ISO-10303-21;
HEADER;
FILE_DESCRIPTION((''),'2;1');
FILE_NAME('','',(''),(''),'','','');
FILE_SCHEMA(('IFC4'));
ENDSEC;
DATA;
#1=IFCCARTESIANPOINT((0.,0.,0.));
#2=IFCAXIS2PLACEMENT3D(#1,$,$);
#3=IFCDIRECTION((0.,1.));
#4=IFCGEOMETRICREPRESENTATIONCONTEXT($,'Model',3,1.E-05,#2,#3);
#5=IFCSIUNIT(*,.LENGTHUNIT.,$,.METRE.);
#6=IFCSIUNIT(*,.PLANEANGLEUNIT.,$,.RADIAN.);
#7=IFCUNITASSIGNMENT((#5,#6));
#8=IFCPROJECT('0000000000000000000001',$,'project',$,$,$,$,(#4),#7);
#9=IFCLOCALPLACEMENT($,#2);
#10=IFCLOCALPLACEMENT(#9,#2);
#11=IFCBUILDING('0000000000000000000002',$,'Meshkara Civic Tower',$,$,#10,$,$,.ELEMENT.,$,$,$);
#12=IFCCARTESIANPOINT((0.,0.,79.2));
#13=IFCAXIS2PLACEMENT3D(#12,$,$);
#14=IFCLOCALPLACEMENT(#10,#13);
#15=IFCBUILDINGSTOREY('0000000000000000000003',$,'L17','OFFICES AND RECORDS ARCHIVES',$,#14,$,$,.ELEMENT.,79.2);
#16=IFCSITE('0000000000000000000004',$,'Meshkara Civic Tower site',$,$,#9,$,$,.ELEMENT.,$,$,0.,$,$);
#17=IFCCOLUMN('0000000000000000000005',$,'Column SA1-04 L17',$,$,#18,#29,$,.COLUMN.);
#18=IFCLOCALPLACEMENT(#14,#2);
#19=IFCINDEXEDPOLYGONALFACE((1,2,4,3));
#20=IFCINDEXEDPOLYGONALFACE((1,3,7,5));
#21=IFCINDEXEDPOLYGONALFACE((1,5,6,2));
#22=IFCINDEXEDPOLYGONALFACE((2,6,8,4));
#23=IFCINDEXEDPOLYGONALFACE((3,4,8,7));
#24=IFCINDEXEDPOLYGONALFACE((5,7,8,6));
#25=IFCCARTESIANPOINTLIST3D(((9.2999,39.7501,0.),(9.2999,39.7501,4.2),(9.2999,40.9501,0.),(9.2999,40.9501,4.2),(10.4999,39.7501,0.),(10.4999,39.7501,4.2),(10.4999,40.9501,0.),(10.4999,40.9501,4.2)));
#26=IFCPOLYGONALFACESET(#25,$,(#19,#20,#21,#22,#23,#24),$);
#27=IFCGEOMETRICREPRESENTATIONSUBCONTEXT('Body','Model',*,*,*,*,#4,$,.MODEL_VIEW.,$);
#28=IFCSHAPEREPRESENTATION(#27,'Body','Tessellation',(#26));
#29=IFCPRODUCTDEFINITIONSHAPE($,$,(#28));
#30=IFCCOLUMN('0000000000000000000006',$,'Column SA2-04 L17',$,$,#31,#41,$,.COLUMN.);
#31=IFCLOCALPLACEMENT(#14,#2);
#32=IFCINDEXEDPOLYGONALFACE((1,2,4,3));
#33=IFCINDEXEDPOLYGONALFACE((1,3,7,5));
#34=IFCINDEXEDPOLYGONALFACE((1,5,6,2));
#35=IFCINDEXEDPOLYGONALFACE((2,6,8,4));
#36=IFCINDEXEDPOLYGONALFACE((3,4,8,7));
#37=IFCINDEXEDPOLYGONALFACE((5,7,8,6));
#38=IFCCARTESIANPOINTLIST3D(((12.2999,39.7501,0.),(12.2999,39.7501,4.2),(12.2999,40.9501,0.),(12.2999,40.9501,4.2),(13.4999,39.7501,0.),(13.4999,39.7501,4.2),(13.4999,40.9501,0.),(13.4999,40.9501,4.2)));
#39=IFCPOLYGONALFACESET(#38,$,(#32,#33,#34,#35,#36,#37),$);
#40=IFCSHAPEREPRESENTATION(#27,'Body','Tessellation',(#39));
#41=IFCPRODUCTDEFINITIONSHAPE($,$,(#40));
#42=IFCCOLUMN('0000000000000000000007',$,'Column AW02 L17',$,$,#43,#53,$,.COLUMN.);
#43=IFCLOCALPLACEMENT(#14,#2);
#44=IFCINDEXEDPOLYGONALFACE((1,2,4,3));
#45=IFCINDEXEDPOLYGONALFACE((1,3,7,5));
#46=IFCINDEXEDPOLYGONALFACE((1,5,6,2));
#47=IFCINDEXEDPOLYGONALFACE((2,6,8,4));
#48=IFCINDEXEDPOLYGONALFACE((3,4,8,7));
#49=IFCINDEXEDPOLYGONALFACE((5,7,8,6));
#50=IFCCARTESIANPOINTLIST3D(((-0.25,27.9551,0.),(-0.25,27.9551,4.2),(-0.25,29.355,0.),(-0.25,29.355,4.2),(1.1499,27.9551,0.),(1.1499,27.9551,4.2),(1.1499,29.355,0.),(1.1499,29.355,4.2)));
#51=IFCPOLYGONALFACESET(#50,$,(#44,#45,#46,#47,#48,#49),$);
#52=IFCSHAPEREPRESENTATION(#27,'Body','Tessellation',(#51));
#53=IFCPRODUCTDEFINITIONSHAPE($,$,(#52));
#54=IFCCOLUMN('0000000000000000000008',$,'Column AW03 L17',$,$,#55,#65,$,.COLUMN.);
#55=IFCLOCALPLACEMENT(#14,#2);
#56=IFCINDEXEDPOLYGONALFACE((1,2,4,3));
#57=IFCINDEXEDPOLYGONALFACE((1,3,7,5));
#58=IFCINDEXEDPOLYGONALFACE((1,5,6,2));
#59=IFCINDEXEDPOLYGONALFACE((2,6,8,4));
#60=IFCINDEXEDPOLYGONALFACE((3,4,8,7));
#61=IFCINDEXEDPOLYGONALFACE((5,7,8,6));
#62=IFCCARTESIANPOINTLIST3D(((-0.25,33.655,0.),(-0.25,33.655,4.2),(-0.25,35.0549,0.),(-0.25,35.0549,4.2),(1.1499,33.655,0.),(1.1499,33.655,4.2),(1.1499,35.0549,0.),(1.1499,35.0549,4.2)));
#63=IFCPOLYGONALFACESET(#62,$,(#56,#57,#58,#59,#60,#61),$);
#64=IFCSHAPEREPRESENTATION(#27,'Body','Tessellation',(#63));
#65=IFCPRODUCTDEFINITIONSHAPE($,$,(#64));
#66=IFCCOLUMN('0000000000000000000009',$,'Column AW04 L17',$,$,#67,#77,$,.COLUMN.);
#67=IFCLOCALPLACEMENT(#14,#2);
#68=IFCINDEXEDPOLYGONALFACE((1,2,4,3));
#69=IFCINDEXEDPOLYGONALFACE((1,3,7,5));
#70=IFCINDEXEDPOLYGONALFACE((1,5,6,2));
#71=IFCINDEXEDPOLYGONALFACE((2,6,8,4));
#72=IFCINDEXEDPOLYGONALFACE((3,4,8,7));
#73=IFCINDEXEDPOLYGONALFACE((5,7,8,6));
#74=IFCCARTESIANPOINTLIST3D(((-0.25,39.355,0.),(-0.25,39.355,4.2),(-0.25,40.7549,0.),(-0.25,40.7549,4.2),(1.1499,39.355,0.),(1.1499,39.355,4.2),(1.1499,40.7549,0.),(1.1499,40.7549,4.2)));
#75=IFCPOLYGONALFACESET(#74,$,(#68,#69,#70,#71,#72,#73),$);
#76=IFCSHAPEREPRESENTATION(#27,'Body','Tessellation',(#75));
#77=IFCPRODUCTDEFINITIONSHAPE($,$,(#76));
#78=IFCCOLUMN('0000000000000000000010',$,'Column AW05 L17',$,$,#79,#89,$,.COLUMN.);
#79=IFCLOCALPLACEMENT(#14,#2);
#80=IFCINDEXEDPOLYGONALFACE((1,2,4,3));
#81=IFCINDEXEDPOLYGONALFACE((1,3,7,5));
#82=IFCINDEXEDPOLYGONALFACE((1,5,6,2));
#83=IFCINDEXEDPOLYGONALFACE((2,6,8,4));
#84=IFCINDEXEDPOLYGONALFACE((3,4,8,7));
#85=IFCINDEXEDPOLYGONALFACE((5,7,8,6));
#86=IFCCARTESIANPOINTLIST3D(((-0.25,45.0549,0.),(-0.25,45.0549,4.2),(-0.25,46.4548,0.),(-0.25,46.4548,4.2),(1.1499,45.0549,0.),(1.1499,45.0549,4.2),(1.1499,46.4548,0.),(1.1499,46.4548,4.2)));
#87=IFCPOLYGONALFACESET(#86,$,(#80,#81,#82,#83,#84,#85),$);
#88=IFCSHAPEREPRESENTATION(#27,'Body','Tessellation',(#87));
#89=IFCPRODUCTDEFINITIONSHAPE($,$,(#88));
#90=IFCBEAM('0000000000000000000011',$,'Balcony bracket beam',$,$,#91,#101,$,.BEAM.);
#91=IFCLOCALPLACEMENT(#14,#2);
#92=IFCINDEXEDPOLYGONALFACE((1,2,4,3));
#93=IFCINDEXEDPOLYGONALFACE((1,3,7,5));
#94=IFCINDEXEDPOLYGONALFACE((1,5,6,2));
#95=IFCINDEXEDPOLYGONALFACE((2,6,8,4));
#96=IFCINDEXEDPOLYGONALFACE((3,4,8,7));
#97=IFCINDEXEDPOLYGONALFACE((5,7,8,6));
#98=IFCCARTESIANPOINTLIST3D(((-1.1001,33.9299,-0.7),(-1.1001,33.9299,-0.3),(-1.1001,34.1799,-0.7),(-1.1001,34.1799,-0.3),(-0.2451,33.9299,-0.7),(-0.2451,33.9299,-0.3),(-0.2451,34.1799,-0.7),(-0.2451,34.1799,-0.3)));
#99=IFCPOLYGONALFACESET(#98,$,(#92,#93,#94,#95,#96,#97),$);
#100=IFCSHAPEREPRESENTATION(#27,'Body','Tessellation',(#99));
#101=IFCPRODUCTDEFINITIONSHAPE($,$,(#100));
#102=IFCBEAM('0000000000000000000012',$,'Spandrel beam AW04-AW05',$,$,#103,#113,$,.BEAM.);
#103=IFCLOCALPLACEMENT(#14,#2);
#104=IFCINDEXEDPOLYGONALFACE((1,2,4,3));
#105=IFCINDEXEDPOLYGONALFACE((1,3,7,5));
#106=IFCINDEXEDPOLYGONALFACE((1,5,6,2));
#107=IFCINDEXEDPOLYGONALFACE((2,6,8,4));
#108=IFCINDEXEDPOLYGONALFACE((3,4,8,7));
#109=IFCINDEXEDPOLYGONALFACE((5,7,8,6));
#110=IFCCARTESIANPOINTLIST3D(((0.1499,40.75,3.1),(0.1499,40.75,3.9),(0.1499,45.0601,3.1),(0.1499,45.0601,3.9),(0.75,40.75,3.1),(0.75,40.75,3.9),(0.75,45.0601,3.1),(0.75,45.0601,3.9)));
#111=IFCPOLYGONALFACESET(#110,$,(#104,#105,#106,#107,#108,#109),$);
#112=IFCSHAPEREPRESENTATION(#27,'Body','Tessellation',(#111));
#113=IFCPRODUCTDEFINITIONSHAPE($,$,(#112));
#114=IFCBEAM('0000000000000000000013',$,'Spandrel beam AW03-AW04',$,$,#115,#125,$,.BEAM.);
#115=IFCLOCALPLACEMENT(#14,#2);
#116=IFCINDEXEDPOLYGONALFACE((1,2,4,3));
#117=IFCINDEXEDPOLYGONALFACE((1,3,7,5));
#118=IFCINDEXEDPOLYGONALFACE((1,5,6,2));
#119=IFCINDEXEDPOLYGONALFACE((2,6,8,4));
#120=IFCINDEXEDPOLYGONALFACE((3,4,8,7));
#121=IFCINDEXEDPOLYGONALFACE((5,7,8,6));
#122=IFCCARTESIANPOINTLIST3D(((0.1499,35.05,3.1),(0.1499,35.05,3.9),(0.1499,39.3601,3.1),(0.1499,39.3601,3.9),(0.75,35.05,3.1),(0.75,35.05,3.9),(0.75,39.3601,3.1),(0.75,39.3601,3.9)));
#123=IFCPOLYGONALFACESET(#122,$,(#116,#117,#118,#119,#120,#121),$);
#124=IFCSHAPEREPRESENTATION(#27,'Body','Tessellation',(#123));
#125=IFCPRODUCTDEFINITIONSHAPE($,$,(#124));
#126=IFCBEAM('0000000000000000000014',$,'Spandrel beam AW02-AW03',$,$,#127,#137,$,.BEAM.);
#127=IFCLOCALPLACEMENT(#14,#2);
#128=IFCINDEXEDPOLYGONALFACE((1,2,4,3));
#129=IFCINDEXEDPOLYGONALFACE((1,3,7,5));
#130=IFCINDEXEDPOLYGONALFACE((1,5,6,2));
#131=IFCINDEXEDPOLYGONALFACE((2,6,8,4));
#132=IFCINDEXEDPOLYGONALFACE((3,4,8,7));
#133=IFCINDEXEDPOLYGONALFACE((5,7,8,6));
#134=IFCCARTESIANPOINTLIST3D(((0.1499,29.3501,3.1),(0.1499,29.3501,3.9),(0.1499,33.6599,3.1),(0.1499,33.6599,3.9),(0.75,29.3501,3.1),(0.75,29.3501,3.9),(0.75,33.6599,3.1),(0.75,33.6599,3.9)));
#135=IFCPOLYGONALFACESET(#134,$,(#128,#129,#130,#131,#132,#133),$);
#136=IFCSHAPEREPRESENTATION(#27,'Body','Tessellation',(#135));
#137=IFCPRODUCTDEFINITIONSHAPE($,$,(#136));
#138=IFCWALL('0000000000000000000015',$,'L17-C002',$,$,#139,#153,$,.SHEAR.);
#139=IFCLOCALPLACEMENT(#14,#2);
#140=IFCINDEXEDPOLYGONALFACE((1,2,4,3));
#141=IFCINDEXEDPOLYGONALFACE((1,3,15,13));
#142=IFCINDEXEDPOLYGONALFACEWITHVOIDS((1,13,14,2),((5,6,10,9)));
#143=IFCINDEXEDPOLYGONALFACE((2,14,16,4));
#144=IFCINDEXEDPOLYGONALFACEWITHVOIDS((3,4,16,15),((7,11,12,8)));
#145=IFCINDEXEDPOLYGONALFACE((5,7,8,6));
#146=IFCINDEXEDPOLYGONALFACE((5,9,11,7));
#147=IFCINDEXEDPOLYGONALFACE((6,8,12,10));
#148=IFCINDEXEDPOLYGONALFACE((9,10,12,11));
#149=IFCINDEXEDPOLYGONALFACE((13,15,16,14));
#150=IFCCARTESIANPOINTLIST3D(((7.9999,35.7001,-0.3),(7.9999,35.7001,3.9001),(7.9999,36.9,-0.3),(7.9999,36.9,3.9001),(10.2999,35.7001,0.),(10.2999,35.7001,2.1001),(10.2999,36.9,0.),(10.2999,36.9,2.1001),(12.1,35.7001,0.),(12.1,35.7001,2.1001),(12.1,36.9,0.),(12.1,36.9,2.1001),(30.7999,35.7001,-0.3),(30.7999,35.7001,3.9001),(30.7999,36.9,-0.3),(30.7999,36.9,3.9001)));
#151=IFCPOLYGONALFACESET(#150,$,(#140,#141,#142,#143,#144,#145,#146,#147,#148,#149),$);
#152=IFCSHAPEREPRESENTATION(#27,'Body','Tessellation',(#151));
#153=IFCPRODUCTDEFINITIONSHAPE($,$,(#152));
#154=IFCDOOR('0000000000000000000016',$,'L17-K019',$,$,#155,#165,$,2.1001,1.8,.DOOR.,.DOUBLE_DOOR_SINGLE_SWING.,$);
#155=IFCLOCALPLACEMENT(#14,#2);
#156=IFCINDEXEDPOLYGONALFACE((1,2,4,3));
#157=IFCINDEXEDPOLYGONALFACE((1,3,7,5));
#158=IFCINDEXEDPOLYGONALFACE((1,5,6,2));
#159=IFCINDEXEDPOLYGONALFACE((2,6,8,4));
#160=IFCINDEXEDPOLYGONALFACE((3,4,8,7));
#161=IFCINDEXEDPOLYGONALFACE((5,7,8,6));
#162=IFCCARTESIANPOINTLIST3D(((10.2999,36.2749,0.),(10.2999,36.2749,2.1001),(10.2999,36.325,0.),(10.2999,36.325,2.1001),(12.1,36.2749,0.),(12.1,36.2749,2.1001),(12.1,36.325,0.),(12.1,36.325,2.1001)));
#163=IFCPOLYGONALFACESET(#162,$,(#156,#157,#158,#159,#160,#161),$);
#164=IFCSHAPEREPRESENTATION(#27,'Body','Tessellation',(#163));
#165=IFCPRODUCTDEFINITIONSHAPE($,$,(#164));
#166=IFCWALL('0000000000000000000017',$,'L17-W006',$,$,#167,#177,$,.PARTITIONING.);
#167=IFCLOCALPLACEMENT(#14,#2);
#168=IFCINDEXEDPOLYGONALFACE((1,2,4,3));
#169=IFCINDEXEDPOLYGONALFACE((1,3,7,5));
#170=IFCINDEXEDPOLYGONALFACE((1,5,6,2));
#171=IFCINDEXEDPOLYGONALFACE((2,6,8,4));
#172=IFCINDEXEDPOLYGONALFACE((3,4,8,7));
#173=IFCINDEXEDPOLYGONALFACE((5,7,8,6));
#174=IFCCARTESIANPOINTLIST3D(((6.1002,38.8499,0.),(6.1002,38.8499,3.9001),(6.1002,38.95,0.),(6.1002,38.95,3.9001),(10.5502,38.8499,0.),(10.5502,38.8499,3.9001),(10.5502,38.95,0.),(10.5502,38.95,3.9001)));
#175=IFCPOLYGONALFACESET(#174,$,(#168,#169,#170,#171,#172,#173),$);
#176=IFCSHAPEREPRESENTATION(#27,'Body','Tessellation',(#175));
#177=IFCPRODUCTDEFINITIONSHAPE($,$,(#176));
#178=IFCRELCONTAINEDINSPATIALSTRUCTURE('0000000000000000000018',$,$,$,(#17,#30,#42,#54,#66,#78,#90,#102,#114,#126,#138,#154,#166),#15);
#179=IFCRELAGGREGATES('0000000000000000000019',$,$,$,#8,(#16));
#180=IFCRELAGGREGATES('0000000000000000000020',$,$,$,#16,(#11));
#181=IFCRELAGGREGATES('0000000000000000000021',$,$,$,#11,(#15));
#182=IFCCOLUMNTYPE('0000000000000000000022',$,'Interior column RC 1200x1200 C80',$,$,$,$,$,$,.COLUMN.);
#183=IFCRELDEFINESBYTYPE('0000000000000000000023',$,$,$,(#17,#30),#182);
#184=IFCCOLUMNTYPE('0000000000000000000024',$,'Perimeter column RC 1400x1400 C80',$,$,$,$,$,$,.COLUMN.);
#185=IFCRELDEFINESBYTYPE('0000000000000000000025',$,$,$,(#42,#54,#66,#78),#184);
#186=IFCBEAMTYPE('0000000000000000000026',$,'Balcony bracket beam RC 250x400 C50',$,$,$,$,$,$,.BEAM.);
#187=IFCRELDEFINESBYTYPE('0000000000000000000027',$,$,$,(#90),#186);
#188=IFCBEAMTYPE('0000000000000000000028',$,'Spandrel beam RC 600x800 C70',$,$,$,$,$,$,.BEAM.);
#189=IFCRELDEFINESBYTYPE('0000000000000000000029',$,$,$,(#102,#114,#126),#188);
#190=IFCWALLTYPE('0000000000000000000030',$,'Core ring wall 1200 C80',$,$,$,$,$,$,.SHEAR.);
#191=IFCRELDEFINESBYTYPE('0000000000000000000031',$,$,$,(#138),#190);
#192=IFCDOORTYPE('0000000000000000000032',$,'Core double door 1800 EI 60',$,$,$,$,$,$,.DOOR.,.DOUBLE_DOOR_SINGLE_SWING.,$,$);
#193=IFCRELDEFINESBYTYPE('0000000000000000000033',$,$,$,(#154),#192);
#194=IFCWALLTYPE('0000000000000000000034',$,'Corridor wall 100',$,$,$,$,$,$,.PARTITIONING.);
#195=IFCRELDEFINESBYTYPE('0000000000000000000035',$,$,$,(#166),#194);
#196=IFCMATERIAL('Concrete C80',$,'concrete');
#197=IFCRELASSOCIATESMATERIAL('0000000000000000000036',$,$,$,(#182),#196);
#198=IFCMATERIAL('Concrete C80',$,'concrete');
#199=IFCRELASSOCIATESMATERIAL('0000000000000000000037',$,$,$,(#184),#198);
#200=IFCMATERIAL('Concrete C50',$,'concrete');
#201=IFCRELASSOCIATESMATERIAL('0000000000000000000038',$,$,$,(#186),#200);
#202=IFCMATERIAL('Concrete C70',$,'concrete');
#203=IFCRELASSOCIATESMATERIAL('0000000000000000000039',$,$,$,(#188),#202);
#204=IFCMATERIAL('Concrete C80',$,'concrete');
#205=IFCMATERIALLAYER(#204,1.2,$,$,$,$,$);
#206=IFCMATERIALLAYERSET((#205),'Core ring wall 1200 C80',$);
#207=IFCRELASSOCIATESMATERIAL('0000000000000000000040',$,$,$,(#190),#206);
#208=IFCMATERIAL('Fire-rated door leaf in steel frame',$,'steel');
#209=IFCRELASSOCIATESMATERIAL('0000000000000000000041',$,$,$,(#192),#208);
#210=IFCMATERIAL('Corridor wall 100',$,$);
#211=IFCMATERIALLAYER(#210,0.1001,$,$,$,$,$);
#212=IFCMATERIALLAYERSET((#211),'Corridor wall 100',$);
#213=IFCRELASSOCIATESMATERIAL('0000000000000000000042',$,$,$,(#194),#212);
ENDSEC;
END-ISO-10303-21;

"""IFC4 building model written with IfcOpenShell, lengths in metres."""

from ifc_helpers import new_model, si_unit, direction, frame, frame_2d, origin, origin_2d, place, context, subcontext, project, spatial, rectangle, extrude, material, layer, layer_set, material_profile, profile_set, type_object, element, fill, save


model = new_model("IFC4")

# Units and contexts
model_context = context("Model", 3, precision=1e-05, world=origin(), true_north=direction((0.0, 1.0)))
body_context = subcontext(model_context, "Body", "Model", "MODEL_VIEW")
ifc_project = project(units=[si_unit("LENGTHUNIT", "METRE"), si_unit("PLANEANGLEUNIT", "RADIAN")], contexts=[model_context])

# Site, building, storey
site_placement = place(None, origin())
site = spatial("IfcSite", under=ifc_project, at=site_placement, Name="Meshkara Civic Tower site", CompositionType="ELEMENT", RefElevation=0.0)
building_placement = place(site_placement, origin())
building = spatial("IfcBuilding", under=site, at=building_placement, Name="Meshkara Civic Tower", CompositionType="ELEMENT")
storey_placement = place(building_placement, frame((0.0, 0.0, 79.2)))
storey = spatial("IfcBuildingStorey", under=building, at=storey_placement, Name="L17", Description="OFFICES AND RECORDS ARCHIVES", CompositionType="ELEMENT", Elevation=79.2)

# Columns
ifc_material_1 = material(Name="Concrete C80", Category="concrete")
ifc_material_profile_1 = material_profile(ifc_material_1, rectangle(XDim=1.2, YDim=1.2, at=origin_2d()))
ifc_profile_set_1 = profile_set([ifc_material_profile_1], Name="Concrete C80")
column_type_1 = type_object("IfcColumnType", Name="Interior column RC 1200x1200 C80", PredefinedType="COLUMN", material=ifc_profile_set_1)
for number, where, z_axis, x_axis, name in (
    (1, (9.8999, 40.3501, 0.0), (0.0, 0.0, 1.0), (1.0, 0.0, 0.0), "Column SA1-04 L17"),
    (2, (12.8999, 40.3501, 0.0), (0.0, 0.0, 1.0), (1.0, 0.0, 0.0), "Column SA2-04 L17"),
):
    element("IfcColumn", number, at=place(storey_placement, frame(where, z_axis=z_axis, x_axis=x_axis)), inside=storey, type_object=column_type_1, Name=name, PredefinedType="COLUMN", context=body_context, shape_type="SweptSolid", body=[
        extrude(rectangle(XDim=1.2, YDim=1.2, at=origin_2d()), origin(), (0.0, 0.0, 1.0), 4.2),
    ])
ifc_material_2 = material(Name="Concrete C80", Category="concrete")
ifc_material_profile_2 = material_profile(ifc_material_2, rectangle(XDim=1.3999, YDim=1.3999, at=origin_2d()))
ifc_profile_set_2 = profile_set([ifc_material_profile_2], Name="Concrete C80")
column_type_2 = type_object("IfcColumnType", Name="Perimeter column RC 1400x1400 C80", PredefinedType="COLUMN", material=ifc_profile_set_2)
for number, where, z_axis, x_axis, name in (
    (3, (0.45, 28.655, 0.0), (0.0, 0.0, 1.0), (1.0, 0.0, 0.0), "Column AW02 L17"),
    (4, (0.45, 34.355, 0.0), (0.0, 0.0, 1.0), (1.0, 0.0, 0.0), "Column AW03 L17"),
    (5, (0.45, 40.0549, 0.0), (0.0, 0.0, 1.0), (1.0, 0.0, 0.0), "Column AW04 L17"),
    (6, (0.45, 45.7549, 0.0), (0.0, 0.0, 1.0), (1.0, 0.0, 0.0), "Column AW05 L17"),
):
    element("IfcColumn", number, at=place(storey_placement, frame(where, z_axis=z_axis, x_axis=x_axis)), inside=storey, type_object=column_type_2, Name=name, PredefinedType="COLUMN", context=body_context, shape_type="SweptSolid", body=[
        extrude(rectangle(XDim=1.3999, YDim=1.3999, at=origin_2d()), origin(), (0.0, 0.0, 1.0), 4.2),
    ])

# Beams
ifc_material_3 = material(Name="Concrete C50", Category="concrete")
ifc_material_profile_3 = material_profile(ifc_material_3, rectangle(XDim=0.25, YDim=0.3999, at=origin_2d()))
ifc_profile_set_3 = profile_set([ifc_material_profile_3], Name="Concrete C50")
beam_type_1 = type_object("IfcBeamType", Name="Balcony bracket beam RC 250x400 C50", PredefinedType="BEAM", material=ifc_profile_set_3)
beam_1_placement = place(storey_placement, frame((-0.2451, 34.0549, -0.5), z_axis=(-1.0, 0.0, 0.0), x_axis=(0.0, -1.0, 0.0)))
element("IfcBeam", 7, at=beam_1_placement, inside=storey, type_object=beam_type_1, Name="Balcony bracket beam", PredefinedType="BEAM", context=body_context, shape_type="SweptSolid", body=[
    extrude(rectangle(XDim=0.25, YDim=0.3999, at=origin_2d()), origin(), (0.0, 0.0, 1.0), 0.855),
])
ifc_material_4 = material(Name="Concrete C70", Category="concrete")
ifc_material_profile_4 = material_profile(ifc_material_4, rectangle(XDim=0.6001, YDim=0.8, at=origin_2d()))
ifc_profile_set_4 = profile_set([ifc_material_profile_4], Name="Concrete C70")
beam_type_2 = type_object("IfcBeamType", Name="Spandrel beam RC 600x800 C70", PredefinedType="BEAM", material=ifc_profile_set_4)
for number, where, z_axis, x_axis, name in (
    (8, (0.45, 45.0601, 3.5), (0.0, -1.0, 0.0), (1.0, 0.0, 0.0), "Spandrel beam AW04-AW05"),
    (9, (0.45, 39.3601, 3.5), (0.0, -1.0, 0.0), (1.0, 0.0, 0.0), "Spandrel beam AW03-AW04"),
):
    element("IfcBeam", number, at=place(storey_placement, frame(where, z_axis=z_axis, x_axis=x_axis)), inside=storey, type_object=beam_type_2, Name=name, PredefinedType="BEAM", context=body_context, shape_type="SweptSolid", body=[
        extrude(rectangle(XDim=0.6001, YDim=0.8, at=origin_2d()), origin(), (0.0, 0.0, 1.0), 4.3101),
    ])
beam_2_placement = place(storey_placement, frame((0.45, 33.6599, 3.5), z_axis=(0.0, -1.0, 0.0), x_axis=(1.0, 0.0, 0.0)))
element("IfcBeam", 10, at=beam_2_placement, inside=storey, type_object=beam_type_2, Name="Spandrel beam AW02-AW03", PredefinedType="BEAM", context=body_context, shape_type="SweptSolid", body=[
    extrude(rectangle(XDim=0.6001, YDim=0.8, at=origin_2d()), origin(), (0.0, 0.0, 1.0), 4.3098),
])

# Wall, opening, door
ifc_material_5 = material(Name="Concrete C80", Category="concrete")
ifc_layer_1 = layer(ifc_material_5, 1.2)
ifc_layer_set_1 = layer_set([ifc_layer_1], Name="Core ring wall 1200 C80")
wall_type_1 = type_object("IfcWallType", Name="Core ring wall 1200 C80", PredefinedType="SHEAR", material=ifc_layer_set_1)
wall_1_placement = place(storey_placement, frame((8.0, 36.3, -0.3), z_axis=(0.0, 0.0, 1.0), x_axis=(1.0, 0.0, 0.0)))
wall_1 = element("IfcWall", 11, at=wall_1_placement, inside=storey, type_object=wall_type_1, Name="L17-C002", PredefinedType="SHEAR", context=body_context, shape_type="SweptSolid", body=[
    extrude(rectangle(XDim=22.8, YDim=1.2, at=frame_2d((11.3999, 0.0))), origin(), (0.0, 0.0, 1.0), 4.2002),
])
opening_1_placement = place(wall_1_placement, frame((2.3, 0.0, 0.3)))
opening_1 = element("IfcOpeningElement", 12, at=opening_1_placement, cuts=wall_1, PredefinedType="OPENING", context=body_context, shape_type="SweptSolid", body=[
    extrude(rectangle(XDim=1.8, YDim=2.1001, at=frame_2d((0.8999, 1.05))), frame((0.0, 0.6099, 0.0), z_axis=(0.0, -1.0, 0.0), x_axis=(1.0, 0.0, 0.0)), (0.0, 0.0, 1.0), 1.22),
])
ifc_material_6 = material(Name="Fire-rated door leaf in steel frame", Category="steel")
door_type_1 = type_object("IfcDoorType", Name="Core double door 1800 EI 60", OperationType="DOUBLE_DOOR_SINGLE_SWING", PredefinedType="DOOR", material=ifc_material_6)
door_1_placement = place(opening_1_placement, origin())
door_1 = element("IfcDoor", 13, at=door_1_placement, inside=storey, type_object=door_type_1, Name="L17-K019", OperationType="DOUBLE_DOOR_SINGLE_SWING", OverallHeight=2.1001, OverallWidth=1.8, PredefinedType="DOOR", context=body_context, shape_type="SweptSolid", body=[
    extrude(rectangle(XDim=1.8, YDim=2.1001, at=frame_2d((0.8999, 1.05))), frame((0.0, 0.0249, 0.0), z_axis=(0.0, -1.0, 0.0), x_axis=(1.0, 0.0, 0.0)), (0.0, 0.0, 1.0), 0.05),
])
fill(opening_1, door_1)

# Wall
ifc_material_7 = material(Name="Corridor wall 100")
ifc_layer_2 = layer(ifc_material_7, 0.1001)
ifc_layer_set_2 = layer_set([ifc_layer_2], Name="Corridor wall 100")
wall_type_2 = type_object("IfcWallType", Name="Corridor wall 100", PredefinedType="PARTITIONING", material=ifc_layer_set_2)
wall_2_placement = place(storey_placement, frame((6.1001, 38.8999, 0.0), z_axis=(0.0, 0.0, 1.0), x_axis=(1.0, 0.0, 0.0)))
element("IfcWall", 14, at=wall_2_placement, inside=storey, type_object=wall_type_2, Name="L17-W006", PredefinedType="PARTITIONING", context=body_context, shape_type="SweptSolid", body=[
    extrude(rectangle(XDim=4.45, YDim=0.1001, at=frame_2d((2.2251, 0.0))), origin(), (0.0, 0.0, 1.0), 3.9001),
])

save(model, "model.ifc")
